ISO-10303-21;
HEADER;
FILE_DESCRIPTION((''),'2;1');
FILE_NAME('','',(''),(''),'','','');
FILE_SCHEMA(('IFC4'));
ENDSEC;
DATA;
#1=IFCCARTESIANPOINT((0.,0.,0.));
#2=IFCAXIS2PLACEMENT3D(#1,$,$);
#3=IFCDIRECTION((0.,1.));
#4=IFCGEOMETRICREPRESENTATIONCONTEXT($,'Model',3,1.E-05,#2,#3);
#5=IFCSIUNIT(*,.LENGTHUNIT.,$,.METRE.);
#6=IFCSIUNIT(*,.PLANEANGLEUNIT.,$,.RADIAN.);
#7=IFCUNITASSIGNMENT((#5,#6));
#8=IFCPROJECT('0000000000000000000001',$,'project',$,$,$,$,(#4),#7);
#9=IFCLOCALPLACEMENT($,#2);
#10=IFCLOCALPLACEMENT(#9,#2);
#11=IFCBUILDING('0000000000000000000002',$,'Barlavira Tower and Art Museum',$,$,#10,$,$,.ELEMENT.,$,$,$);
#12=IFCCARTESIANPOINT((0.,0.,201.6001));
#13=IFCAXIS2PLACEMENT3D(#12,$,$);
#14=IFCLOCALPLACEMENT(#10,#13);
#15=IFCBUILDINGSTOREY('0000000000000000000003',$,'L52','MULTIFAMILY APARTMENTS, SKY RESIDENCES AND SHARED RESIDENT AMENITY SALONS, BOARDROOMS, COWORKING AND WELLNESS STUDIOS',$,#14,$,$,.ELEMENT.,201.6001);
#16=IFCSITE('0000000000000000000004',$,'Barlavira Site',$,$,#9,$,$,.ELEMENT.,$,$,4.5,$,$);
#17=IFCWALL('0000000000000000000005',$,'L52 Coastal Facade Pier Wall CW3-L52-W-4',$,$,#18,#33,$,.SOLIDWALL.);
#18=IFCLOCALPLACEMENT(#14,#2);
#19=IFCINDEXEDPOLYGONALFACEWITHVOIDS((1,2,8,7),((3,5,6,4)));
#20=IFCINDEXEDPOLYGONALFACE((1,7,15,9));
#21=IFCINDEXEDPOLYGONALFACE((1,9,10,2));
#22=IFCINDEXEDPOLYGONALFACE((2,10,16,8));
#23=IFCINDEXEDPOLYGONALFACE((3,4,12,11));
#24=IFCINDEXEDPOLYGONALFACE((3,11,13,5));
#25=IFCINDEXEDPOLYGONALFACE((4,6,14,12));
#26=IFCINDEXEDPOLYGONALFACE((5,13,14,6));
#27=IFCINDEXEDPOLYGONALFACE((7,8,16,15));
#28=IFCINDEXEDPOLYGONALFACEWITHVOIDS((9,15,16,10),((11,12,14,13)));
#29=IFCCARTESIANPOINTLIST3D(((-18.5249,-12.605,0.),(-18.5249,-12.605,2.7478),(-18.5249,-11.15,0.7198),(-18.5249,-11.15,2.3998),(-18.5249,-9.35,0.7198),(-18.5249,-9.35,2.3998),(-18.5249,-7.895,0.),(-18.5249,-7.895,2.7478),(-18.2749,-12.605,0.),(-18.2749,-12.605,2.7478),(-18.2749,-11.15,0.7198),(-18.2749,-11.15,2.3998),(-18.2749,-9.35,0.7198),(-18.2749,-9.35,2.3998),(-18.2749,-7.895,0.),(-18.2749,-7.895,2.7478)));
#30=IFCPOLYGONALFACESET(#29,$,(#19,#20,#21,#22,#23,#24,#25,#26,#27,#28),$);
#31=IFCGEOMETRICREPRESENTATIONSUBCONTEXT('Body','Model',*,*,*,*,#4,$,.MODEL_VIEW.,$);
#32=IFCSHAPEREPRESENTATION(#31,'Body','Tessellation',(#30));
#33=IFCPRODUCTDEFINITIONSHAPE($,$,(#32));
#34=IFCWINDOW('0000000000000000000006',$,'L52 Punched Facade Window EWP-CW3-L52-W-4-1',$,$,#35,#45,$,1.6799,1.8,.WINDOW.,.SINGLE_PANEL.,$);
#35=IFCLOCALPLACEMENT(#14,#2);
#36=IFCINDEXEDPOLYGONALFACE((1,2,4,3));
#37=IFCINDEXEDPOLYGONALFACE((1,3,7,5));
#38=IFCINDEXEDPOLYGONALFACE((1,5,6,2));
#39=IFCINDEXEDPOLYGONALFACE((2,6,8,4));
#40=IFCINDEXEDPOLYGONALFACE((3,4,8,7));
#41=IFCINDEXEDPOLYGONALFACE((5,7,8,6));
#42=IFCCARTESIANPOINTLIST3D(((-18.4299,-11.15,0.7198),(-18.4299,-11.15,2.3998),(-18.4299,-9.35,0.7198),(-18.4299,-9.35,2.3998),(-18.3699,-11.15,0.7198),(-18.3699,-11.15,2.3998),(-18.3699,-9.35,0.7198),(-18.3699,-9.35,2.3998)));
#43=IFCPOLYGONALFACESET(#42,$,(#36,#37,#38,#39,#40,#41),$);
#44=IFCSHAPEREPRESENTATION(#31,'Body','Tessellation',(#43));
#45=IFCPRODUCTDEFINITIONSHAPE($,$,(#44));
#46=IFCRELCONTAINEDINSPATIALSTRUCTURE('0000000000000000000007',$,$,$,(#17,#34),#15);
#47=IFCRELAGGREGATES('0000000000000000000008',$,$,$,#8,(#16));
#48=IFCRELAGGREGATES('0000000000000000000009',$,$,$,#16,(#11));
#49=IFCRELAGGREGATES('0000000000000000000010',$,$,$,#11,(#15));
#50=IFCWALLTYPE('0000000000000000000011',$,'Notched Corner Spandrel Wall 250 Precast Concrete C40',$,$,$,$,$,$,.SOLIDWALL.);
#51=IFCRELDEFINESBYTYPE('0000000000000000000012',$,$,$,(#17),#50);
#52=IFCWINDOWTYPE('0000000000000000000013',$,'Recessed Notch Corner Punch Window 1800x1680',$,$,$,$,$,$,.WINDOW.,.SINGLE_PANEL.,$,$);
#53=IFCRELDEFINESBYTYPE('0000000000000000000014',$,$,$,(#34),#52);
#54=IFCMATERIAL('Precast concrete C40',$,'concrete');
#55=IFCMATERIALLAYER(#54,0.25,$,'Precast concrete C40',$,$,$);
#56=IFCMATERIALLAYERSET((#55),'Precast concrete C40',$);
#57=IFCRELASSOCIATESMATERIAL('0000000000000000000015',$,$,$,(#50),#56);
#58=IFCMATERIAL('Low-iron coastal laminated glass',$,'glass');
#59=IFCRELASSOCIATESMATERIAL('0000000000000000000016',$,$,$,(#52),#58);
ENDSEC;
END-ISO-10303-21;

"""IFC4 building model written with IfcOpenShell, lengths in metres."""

from ifc_helpers import new_model, si_unit, direction, frame, frame_2d, origin, place, context, subcontext, project, spatial, rectangle, extrude, material, layer, layer_set, type_object, element, fill, save


model = new_model("IFC4")

# Units and contexts
model_context = context("Model", 3, precision=1e-05, world=origin(), true_north=direction((0.0, 1.0)))
body_context = subcontext(model_context, "Body", "Model", "MODEL_VIEW")
ifc_project = project(units=[si_unit("LENGTHUNIT", "METRE"), si_unit("PLANEANGLEUNIT", "RADIAN")], contexts=[model_context])

# Site, building, storey
site_placement = place(None, origin())
site = spatial("IfcSite", under=ifc_project, at=site_placement, Name="Barlavira Site", CompositionType="ELEMENT", RefElevation=4.5)
building_placement = place(site_placement, origin())
building = spatial("IfcBuilding", under=site, at=building_placement, Name="Barlavira Tower and Art Museum", CompositionType="ELEMENT")
storey_placement = place(building_placement, frame((0.0, 0.0, 201.6001)))
storey = spatial("IfcBuildingStorey", under=building, at=storey_placement, Name="L52", Description="MULTIFAMILY APARTMENTS, SKY RESIDENCES AND SHARED RESIDENT AMENITY SALONS, BOARDROOMS, COWORKING AND WELLNESS STUDIOS", CompositionType="ELEMENT", Elevation=201.6001)

# Shared definitions
ifc_material_1 = material(Name="Low-iron coastal laminated glass", Category="glass")

# Wall, opening, window
ifc_material_2 = material(Name="Precast concrete C40", Category="concrete")
ifc_layer_1 = layer(ifc_material_2, 0.25, Name="Precast concrete C40")
ifc_layer_set_1 = layer_set([ifc_layer_1], Name="Precast concrete C40")
wall_type_1 = type_object("IfcWallType", Name="Notched Corner Spandrel Wall 250 Precast Concrete C40", PredefinedType="SOLIDWALL", material=ifc_layer_set_1)
wall_1_placement = place(storey_placement, frame((-18.3999, -7.895, 0.0), z_axis=(0.0, 0.0, 1.0), x_axis=(0.0, -1.0, 0.0)))
wall_1 = element("IfcWall", 1, at=wall_1_placement, inside=storey, type_object=wall_type_1, Name="L52 Coastal Facade Pier Wall CW3-L52-W-4", PredefinedType="SOLIDWALL", context=body_context, shape_type="SweptSolid", body=[
    extrude(rectangle(XDim=4.71, YDim=0.25, at=frame_2d((2.355, 0.0))), origin(), (0.0, 0.0, 1.0), 2.7478),
])
opening_1_placement = place(wall_1_placement, frame((1.4551, 0.0, 0.72)))
opening_1 = element("IfcOpeningElement", 2, at=opening_1_placement, cuts=wall_1, PredefinedType="OPENING", context=body_context, shape_type="SweptSolid", body=[
    extrude(rectangle(XDim=1.8, YDim=1.6799, at=frame_2d((0.8999, 0.8398))), frame((0.0, 0.135, 0.0), z_axis=(0.0, -1.0, 0.0), x_axis=(1.0, 0.0, 0.0)), (0.0, 0.0, 1.0), 0.27),
])
window_type = type_object("IfcWindowType", Name="Recessed Notch Corner Punch Window 1800x1680", PartitioningType="SINGLE_PANEL", PredefinedType="WINDOW", material=ifc_material_1)
window_placement = place(opening_1_placement, origin())
window = element("IfcWindow", 3, at=window_placement, inside=storey, type_object=window_type, Name="L52 Punched Facade Window EWP-CW3-L52-W-4-1", OverallHeight=1.6799, OverallWidth=1.8, PartitioningType="SINGLE_PANEL", PredefinedType="WINDOW", context=body_context, shape_type="SweptSolid", body=[
    extrude(rectangle(XDim=1.8, YDim=1.6799, at=frame_2d((0.8999, 0.8398))), frame((0.0, 0.03, 0.0), z_axis=(0.0, -1.0, 0.0), x_axis=(1.0, 0.0, 0.0)), (0.0, 0.0, 1.0), 0.0601),
])
fill(opening_1, window)

save(model, "model.ifc")
